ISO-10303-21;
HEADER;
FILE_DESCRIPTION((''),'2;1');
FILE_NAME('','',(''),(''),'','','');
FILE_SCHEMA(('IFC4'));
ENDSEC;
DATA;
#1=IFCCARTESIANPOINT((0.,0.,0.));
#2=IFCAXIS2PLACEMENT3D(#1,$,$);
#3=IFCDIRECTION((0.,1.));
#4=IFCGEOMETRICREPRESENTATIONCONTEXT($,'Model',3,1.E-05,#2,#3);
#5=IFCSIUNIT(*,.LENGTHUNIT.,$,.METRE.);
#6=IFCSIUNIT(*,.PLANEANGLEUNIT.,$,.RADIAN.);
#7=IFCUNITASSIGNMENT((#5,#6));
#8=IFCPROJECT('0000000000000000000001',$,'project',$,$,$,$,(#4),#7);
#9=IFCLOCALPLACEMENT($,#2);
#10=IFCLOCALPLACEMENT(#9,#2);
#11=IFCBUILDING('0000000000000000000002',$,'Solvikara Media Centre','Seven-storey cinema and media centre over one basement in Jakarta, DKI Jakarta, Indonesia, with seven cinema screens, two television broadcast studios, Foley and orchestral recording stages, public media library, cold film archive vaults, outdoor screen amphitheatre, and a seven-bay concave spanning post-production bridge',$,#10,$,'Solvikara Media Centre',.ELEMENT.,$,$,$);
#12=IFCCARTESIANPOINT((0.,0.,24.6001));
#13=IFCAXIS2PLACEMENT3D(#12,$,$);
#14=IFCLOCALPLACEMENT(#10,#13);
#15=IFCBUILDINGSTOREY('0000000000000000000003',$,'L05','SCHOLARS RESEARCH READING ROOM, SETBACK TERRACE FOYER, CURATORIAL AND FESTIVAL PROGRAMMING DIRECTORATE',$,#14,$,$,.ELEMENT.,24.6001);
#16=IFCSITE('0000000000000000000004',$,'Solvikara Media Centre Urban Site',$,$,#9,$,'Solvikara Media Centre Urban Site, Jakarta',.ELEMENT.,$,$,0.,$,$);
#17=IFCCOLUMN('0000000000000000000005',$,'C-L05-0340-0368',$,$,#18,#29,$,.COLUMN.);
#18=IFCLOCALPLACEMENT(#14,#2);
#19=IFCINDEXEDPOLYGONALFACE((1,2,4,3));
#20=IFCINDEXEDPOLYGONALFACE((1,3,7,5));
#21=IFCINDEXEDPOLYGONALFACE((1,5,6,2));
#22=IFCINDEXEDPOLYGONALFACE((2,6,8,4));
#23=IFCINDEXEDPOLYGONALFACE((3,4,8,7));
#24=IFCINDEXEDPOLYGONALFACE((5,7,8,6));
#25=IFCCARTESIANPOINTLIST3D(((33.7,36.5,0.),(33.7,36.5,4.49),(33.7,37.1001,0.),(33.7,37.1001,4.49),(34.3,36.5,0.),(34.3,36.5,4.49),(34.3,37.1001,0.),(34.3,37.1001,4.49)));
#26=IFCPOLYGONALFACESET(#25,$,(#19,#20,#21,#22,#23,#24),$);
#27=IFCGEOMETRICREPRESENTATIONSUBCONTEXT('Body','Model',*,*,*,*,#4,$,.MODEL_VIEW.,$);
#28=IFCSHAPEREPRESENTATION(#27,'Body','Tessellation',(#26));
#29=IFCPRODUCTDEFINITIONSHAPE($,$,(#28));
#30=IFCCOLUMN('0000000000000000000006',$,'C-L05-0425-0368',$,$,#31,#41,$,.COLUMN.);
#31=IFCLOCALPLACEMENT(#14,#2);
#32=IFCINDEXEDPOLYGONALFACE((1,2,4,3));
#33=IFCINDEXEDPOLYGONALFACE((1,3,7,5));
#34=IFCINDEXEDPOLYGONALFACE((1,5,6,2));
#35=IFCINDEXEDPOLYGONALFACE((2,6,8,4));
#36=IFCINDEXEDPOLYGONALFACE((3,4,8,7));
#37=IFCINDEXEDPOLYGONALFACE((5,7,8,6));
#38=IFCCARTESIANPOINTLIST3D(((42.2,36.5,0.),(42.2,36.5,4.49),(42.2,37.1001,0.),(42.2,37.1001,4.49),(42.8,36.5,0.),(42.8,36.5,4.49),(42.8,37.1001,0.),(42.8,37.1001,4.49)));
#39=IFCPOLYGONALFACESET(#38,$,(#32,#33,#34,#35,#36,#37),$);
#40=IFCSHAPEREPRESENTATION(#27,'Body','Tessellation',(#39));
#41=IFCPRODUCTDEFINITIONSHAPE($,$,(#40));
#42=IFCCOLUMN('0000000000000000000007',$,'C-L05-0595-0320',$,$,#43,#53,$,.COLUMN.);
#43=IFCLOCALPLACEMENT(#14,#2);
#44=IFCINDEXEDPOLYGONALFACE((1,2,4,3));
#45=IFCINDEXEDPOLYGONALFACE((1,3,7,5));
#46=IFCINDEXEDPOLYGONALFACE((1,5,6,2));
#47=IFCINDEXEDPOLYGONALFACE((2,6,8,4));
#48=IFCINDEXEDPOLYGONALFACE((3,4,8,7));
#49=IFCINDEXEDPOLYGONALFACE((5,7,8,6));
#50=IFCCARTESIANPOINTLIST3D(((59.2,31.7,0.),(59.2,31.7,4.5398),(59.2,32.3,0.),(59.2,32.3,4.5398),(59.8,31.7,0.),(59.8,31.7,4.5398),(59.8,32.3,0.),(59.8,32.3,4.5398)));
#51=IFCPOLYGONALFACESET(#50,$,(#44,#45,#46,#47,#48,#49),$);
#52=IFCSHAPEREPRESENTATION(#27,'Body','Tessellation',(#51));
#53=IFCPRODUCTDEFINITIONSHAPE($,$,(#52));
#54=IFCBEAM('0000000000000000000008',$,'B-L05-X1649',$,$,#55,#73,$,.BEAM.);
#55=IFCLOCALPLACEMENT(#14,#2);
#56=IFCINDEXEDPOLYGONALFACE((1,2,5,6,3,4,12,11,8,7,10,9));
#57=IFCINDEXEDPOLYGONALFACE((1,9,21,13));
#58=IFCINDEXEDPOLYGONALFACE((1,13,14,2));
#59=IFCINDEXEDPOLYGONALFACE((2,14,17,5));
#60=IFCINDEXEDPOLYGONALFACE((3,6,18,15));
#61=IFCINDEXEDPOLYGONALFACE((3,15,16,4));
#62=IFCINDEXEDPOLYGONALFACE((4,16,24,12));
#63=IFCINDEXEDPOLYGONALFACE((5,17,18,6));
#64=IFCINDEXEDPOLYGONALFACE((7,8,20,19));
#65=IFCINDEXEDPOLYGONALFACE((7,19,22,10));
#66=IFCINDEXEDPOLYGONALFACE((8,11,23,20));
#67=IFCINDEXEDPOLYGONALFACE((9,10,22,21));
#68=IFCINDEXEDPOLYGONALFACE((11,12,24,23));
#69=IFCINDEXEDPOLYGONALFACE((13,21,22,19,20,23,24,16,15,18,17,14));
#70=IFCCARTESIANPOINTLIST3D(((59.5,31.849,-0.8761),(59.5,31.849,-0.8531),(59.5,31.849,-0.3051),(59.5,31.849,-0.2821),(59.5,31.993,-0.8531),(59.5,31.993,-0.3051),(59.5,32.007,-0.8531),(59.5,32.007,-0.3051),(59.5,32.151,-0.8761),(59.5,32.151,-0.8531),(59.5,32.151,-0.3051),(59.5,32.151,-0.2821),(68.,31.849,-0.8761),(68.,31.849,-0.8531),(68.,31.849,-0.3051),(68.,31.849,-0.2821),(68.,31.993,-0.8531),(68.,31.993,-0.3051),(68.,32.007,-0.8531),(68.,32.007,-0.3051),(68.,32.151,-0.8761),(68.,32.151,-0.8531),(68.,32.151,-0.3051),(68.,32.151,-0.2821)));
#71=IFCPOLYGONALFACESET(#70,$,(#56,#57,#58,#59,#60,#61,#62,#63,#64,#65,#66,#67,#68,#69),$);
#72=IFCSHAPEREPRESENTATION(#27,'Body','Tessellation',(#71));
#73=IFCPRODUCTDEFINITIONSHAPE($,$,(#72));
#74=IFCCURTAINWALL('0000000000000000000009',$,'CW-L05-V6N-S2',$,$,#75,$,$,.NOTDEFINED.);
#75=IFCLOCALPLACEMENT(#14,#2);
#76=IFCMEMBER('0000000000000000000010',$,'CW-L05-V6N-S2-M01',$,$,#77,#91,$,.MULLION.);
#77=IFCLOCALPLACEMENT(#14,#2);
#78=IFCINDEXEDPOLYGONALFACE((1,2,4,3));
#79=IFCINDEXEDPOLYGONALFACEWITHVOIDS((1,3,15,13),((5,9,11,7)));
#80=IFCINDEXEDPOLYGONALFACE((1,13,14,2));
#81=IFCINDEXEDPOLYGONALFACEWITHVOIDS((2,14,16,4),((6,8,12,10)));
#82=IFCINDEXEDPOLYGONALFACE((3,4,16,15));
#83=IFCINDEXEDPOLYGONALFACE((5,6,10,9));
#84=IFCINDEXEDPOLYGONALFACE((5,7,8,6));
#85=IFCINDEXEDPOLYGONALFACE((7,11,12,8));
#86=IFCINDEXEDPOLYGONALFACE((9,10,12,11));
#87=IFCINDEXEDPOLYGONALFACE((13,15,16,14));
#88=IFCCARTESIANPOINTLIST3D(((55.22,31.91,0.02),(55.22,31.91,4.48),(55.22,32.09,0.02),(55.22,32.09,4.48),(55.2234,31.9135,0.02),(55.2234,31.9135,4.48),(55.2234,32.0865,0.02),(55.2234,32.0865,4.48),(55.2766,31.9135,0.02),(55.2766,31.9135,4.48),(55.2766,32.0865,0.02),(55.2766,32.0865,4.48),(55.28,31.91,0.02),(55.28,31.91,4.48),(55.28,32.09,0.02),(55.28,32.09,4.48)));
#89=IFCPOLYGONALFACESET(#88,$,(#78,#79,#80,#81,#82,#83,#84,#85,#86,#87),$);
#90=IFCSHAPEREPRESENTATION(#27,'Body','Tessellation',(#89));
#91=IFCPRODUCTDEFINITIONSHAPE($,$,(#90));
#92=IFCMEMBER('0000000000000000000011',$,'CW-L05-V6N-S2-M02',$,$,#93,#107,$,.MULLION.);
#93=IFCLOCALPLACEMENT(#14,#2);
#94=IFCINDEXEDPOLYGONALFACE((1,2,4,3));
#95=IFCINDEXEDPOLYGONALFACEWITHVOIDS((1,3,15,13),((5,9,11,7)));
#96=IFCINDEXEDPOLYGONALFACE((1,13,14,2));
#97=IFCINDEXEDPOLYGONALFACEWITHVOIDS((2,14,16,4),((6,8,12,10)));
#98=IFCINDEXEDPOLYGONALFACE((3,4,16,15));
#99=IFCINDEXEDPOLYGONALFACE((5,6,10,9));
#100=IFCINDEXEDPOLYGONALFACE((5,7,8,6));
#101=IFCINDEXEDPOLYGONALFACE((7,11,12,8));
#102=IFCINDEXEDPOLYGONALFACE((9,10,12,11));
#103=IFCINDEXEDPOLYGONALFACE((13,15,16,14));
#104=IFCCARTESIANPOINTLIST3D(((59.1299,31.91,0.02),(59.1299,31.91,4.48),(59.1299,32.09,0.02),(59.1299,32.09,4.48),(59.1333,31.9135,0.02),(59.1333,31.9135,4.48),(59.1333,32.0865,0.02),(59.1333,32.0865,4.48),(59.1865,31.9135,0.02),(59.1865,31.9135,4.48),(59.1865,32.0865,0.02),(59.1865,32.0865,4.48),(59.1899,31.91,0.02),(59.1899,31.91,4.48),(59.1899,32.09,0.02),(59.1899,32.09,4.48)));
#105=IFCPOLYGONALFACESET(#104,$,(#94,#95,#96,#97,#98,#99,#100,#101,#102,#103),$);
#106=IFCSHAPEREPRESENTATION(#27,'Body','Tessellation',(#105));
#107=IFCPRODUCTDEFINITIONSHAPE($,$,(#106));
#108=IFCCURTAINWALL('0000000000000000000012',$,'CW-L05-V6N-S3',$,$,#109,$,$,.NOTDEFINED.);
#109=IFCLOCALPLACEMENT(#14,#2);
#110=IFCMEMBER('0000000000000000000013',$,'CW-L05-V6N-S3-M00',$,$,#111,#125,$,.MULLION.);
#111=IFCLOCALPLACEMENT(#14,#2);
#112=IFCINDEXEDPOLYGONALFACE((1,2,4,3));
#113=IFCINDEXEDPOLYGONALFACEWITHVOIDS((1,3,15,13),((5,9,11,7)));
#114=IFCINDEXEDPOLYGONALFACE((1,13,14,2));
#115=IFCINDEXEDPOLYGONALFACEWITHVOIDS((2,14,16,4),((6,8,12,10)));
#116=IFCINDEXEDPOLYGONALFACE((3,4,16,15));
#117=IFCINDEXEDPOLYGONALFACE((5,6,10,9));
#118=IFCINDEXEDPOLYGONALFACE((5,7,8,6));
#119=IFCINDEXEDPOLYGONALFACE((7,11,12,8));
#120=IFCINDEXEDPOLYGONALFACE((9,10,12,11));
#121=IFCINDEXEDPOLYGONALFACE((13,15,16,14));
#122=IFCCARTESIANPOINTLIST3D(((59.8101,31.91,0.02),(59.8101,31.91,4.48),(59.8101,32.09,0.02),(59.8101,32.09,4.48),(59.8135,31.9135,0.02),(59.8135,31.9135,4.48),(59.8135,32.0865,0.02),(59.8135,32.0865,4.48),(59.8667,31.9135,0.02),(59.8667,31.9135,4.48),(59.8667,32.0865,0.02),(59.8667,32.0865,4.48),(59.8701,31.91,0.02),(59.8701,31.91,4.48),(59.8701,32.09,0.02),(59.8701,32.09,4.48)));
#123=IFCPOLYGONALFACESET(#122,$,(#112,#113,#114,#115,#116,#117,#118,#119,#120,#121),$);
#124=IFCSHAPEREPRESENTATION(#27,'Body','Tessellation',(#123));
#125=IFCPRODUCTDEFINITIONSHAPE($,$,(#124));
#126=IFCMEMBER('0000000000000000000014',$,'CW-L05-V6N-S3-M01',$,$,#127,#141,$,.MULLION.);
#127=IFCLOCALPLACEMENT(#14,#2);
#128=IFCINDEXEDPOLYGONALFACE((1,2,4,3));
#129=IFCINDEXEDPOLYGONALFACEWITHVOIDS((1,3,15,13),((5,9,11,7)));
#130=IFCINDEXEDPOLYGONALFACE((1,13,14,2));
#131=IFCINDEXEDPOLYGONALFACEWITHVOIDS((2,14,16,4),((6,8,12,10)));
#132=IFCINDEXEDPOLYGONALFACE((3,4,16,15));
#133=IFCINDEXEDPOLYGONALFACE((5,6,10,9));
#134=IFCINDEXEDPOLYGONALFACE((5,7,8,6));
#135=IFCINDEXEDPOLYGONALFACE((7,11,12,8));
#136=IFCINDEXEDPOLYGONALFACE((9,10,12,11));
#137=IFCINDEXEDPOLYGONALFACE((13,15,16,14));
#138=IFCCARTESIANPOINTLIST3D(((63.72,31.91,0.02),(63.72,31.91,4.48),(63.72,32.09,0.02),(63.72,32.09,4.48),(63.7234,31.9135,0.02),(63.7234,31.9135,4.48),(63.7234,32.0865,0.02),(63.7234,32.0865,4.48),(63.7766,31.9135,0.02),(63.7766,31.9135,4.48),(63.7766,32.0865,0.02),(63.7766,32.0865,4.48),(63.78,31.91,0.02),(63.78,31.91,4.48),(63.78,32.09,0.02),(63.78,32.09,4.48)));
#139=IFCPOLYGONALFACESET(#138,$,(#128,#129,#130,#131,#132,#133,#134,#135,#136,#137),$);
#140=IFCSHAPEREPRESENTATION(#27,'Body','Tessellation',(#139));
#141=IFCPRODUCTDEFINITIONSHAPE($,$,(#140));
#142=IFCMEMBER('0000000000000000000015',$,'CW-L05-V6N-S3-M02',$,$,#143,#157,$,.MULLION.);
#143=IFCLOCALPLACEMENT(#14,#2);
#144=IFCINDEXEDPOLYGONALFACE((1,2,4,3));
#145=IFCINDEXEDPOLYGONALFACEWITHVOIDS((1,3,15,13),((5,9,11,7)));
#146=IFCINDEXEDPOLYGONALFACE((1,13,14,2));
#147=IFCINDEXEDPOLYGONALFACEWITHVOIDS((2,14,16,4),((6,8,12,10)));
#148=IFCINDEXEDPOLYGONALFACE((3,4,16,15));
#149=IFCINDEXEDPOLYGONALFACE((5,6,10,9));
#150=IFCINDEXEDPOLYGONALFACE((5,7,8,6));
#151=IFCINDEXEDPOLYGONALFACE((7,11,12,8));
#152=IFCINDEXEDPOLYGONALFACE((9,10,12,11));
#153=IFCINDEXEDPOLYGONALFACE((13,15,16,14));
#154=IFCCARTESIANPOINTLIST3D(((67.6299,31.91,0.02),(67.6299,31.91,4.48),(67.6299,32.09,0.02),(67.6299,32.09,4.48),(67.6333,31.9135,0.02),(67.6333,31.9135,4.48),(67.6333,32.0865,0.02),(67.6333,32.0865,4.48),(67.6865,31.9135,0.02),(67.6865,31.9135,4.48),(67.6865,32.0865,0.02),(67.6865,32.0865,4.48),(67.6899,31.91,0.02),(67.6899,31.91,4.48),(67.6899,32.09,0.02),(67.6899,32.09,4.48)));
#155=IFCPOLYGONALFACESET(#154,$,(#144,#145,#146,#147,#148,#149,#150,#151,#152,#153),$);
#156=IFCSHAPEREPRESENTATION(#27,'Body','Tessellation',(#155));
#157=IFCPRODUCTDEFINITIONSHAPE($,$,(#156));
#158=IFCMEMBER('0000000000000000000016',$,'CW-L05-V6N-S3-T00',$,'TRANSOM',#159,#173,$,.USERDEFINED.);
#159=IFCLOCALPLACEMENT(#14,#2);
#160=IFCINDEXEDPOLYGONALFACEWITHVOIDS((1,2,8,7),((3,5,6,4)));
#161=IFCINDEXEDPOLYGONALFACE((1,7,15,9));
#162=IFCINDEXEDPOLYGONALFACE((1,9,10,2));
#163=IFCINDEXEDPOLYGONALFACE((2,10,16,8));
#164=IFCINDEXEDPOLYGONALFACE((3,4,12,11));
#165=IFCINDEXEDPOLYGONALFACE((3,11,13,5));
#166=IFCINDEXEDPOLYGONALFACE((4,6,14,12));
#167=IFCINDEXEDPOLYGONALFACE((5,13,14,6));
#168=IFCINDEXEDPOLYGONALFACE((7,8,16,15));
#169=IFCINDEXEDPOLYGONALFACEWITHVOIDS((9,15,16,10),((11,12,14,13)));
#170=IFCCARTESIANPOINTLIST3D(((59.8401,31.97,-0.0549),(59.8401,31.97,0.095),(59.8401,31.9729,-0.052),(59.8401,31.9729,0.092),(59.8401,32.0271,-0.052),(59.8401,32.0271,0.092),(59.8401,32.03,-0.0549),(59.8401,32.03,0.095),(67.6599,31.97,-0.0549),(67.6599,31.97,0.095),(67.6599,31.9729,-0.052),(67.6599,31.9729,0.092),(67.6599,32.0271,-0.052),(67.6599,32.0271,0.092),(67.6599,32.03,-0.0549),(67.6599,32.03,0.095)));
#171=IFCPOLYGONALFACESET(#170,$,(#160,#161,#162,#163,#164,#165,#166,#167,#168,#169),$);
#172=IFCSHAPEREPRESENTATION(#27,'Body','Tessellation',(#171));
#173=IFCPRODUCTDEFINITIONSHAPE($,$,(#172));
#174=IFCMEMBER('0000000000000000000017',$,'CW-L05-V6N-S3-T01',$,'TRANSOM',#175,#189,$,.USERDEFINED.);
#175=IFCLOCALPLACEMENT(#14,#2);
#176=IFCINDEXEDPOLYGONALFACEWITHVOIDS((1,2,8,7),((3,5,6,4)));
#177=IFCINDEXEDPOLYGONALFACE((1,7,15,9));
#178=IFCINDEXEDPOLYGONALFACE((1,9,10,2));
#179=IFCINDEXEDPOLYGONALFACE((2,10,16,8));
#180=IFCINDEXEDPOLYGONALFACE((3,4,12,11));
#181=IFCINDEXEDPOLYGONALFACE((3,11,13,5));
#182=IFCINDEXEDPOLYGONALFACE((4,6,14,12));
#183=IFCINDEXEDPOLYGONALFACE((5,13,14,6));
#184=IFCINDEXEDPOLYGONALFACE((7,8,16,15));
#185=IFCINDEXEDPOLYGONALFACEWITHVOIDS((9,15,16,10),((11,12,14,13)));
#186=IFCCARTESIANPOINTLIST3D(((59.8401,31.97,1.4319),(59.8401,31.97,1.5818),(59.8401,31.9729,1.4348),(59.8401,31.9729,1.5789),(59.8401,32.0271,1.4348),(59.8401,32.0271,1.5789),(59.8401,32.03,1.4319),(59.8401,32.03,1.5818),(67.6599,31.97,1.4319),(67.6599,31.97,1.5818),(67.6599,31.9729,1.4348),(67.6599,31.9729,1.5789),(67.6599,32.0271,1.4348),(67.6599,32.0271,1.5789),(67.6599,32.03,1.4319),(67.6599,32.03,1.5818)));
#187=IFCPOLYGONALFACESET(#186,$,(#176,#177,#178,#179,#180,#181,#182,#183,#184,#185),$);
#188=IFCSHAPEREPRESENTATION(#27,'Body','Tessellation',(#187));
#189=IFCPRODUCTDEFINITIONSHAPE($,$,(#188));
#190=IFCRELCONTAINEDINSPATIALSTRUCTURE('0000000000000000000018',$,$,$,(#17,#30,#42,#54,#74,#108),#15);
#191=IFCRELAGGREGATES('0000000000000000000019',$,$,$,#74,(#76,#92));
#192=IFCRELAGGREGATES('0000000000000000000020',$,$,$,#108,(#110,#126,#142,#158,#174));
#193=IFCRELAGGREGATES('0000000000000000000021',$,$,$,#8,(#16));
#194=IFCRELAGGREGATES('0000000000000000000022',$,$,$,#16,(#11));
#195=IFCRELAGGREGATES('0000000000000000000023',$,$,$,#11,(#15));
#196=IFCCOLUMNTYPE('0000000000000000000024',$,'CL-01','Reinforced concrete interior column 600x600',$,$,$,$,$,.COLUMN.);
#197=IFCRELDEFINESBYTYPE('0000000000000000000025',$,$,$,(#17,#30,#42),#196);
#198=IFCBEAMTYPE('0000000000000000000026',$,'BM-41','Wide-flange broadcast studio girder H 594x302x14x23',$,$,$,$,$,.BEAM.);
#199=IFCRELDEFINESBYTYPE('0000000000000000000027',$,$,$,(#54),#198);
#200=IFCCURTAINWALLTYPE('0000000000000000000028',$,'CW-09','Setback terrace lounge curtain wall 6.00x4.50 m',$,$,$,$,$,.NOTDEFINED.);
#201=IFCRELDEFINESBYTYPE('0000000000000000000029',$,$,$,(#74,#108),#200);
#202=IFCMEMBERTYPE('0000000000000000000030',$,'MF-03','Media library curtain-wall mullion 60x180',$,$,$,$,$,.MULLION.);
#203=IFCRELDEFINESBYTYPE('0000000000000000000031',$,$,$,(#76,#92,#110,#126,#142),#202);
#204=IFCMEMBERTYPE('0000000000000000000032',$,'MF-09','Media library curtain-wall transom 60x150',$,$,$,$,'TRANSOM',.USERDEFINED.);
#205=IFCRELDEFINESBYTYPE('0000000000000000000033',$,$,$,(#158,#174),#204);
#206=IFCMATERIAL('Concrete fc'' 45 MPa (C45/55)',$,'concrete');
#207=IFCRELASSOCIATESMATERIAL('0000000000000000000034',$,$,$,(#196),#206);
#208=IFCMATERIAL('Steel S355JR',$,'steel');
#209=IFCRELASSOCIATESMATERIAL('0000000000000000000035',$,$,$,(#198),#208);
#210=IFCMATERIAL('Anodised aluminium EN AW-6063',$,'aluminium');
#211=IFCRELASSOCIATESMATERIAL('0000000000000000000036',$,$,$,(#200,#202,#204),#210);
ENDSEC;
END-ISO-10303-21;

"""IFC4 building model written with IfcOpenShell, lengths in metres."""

from ifc_helpers import new_model, si_unit, direction, frame, origin, origin_2d, place, context, subcontext, project, spatial, rectangle, hollow_rectangle, i_section, extrude, material, material_profile, profile_set, type_object, element, aggregate, save


model = new_model("IFC4")

# Units and contexts
model_context = context("Model", 3, precision=1e-05, world=origin(), true_north=direction((0.0, 1.0)))
body_context = subcontext(model_context, "Body", "Model", "MODEL_VIEW")
ifc_project = project(units=[si_unit("LENGTHUNIT", "METRE"), si_unit("PLANEANGLEUNIT", "RADIAN")], contexts=[model_context])

# Site, building, storey
site_placement = place(None, origin())
site = spatial("IfcSite", under=ifc_project, at=site_placement, Name="Solvikara Media Centre Urban Site", LongName="Solvikara Media Centre Urban Site, Jakarta", CompositionType="ELEMENT", RefElevation=0.0)
building_placement = place(site_placement, origin())
building = spatial("IfcBuilding", under=site, at=building_placement, Name="Solvikara Media Centre", Description="Seven-storey cinema and media centre over one basement in Jakarta, DKI Jakarta, Indonesia, with seven cinema screens, two television broadcast studios, Foley and orchestral recording stages, public media library, cold film archive vaults, outdoor screen amphitheatre, and a seven-bay concave spanning post-production bridge", LongName="Solvikara Media Centre", CompositionType="ELEMENT")
storey_placement = place(building_placement, frame((0.0, 0.0, 24.6001)))
storey = spatial("IfcBuildingStorey", under=building, at=storey_placement, Name="L05", Description="SCHOLARS RESEARCH READING ROOM, SETBACK TERRACE FOYER, CURATORIAL AND FESTIVAL PROGRAMMING DIRECTORATE", CompositionType="ELEMENT", Elevation=24.6001)

# Columns
ifc_material_1 = material(Name="Concrete fc' 45 MPa (C45/55)", Category="concrete")
ifc_material_profile_1 = material_profile(ifc_material_1, rectangle(XDim=0.6001, YDim=0.6001, at=origin_2d()), Name="RC 600x600")
ifc_profile_set_1 = profile_set([ifc_material_profile_1], Name="Concrete fc' 45 MPa (C45/55)")
column_type = type_object("IfcColumnType", Name="CL-01", Description="Reinforced concrete interior column 600x600", PredefinedType="COLUMN", material=ifc_profile_set_1)
for number, where, z_axis, x_axis, name in (
    (1, (34.0, 36.8, 0.0), (0.0, 0.0, 1.0), (1.0, 0.0, 0.0), "C-L05-0340-0368"),
    (2, (42.5, 36.8, 0.0), (0.0, 0.0, 1.0), (1.0, 0.0, 0.0), "C-L05-0425-0368"),
):
    element("IfcColumn", number, at=place(storey_placement, frame(where, z_axis=z_axis, x_axis=x_axis)), inside=storey, type_object=column_type, Name=name, PredefinedType="COLUMN", context=body_context, shape_type="SweptSolid", body=[
        extrude(rectangle(XDim=0.6001, YDim=0.6001, at=origin_2d()), origin(), (0.0, 0.0, 1.0), 4.49),
    ])
column_placement = place(storey_placement, frame((59.5, 32.0, 0.0), z_axis=(0.0, 0.0, 1.0), x_axis=(1.0, 0.0, 0.0)))
element("IfcColumn", 3, at=column_placement, inside=storey, type_object=column_type, Name="C-L05-0595-0320", PredefinedType="COLUMN", context=body_context, shape_type="SweptSolid", body=[
    extrude(rectangle(XDim=0.6001, YDim=0.6001, at=origin_2d()), origin(), (0.0, 0.0, 1.0), 4.5398),
])

# Beam
ifc_material_2 = material(Name="Steel S355JR", Category="steel")
ifc_material_profile_2 = material_profile(ifc_material_2, i_section(OverallWidth=0.302, OverallDepth=0.594, WebThickness=0.0139, FlangeThickness=0.0229, at=origin_2d()), Name="H 594x302x14x23")
ifc_profile_set_2 = profile_set([ifc_material_profile_2], Name="Steel S355JR")
beam_type = type_object("IfcBeamType", Name="BM-41", Description="Wide-flange broadcast studio girder H 594x302x14x23", PredefinedType="BEAM", material=ifc_profile_set_2)
beam_placement = place(storey_placement, frame((59.5, 32.0, -0.5791), z_axis=(1.0, 0.0, 0.0), x_axis=(0.0, 1.0, 0.0)))
element("IfcBeam", 4, at=beam_placement, inside=storey, type_object=beam_type, Name="B-L05-X1649", PredefinedType="BEAM", context=body_context, shape_type="SweptSolid", body=[
    extrude(i_section(OverallWidth=0.302, OverallDepth=0.594, WebThickness=0.0139, FlangeThickness=0.0229, at=origin_2d()), origin(), (0.0, 0.0, 1.0), 8.5),
])

# Curtain walls, members
ifc_material_3 = material(Name="Anodised aluminium EN AW-6063", Category="aluminium")
curtain_wall_type = type_object("IfcCurtainWallType", Name="CW-09", Description="Setback terrace lounge curtain wall 6.00x4.50 m", PredefinedType="NOTDEFINED", material=ifc_material_3)
curtain_wall_1_placement = place(storey_placement, origin())
curtain_wall_1 = element("IfcCurtainWall", 5, at=curtain_wall_1_placement, inside=storey, type_object=curtain_wall_type, Name="CW-L05-V6N-S2", PredefinedType="NOTDEFINED")
ifc_material_profile_3 = material_profile(ifc_material_3, hollow_rectangle(XDim=0.0601, YDim=0.1799, WallThickness=0.0034, at=origin_2d()), Name="ALU-M 60x180x3.5")
ifc_profile_set_3 = profile_set([ifc_material_profile_3], Name="Anodised aluminium EN AW-6063")
member_type_1 = type_object("IfcMemberType", Name="MF-03", Description="Media library curtain-wall mullion 60x180", PredefinedType="MULLION", material=ifc_profile_set_3)
member_1_placement = place(storey_placement, frame((55.25, 32.0, 0.02), z_axis=(0.0, 0.0, 1.0), x_axis=(1.0, 0.0, 0.0)))
member_1 = element("IfcMember", 6, at=member_1_placement, type_object=member_type_1, Name="CW-L05-V6N-S2-M01", PredefinedType="MULLION", context=body_context, shape_type="SweptSolid", body=[
    extrude(hollow_rectangle(XDim=0.0601, YDim=0.1799, WallThickness=0.0034, at=origin_2d()), origin(), (0.0, 0.0, 1.0), 4.46),
])
member_2_placement = place(storey_placement, frame((59.1599, 32.0, 0.02), z_axis=(0.0, 0.0, 1.0), x_axis=(1.0, 0.0, 0.0)))
member_2 = element("IfcMember", 7, at=member_2_placement, type_object=member_type_1, Name="CW-L05-V6N-S2-M02", PredefinedType="MULLION", context=body_context, shape_type="SweptSolid", body=[
    extrude(hollow_rectangle(XDim=0.0601, YDim=0.1799, WallThickness=0.0034, at=origin_2d()), origin(), (0.0, 0.0, 1.0), 4.46),
])
curtain_wall_2_placement = place(storey_placement, origin())
curtain_wall_2 = element("IfcCurtainWall", 8, at=curtain_wall_2_placement, inside=storey, type_object=curtain_wall_type, Name="CW-L05-V6N-S3", PredefinedType="NOTDEFINED")
member_3_placement = place(storey_placement, frame((59.8401, 32.0, 0.02), z_axis=(0.0, 0.0, 1.0), x_axis=(1.0, 0.0, 0.0)))
member_3 = element("IfcMember", 9, at=member_3_placement, type_object=member_type_1, Name="CW-L05-V6N-S3-M00", PredefinedType="MULLION", context=body_context, shape_type="SweptSolid", body=[
    extrude(hollow_rectangle(XDim=0.0601, YDim=0.1799, WallThickness=0.0034, at=origin_2d()), origin(), (0.0, 0.0, 1.0), 4.46),
])
member_4_placement = place(storey_placement, frame((63.75, 32.0, 0.02), z_axis=(0.0, 0.0, 1.0), x_axis=(1.0, 0.0, 0.0)))
member_4 = element("IfcMember", 10, at=member_4_placement, type_object=member_type_1, Name="CW-L05-V6N-S3-M01", PredefinedType="MULLION", context=body_context, shape_type="SweptSolid", body=[
    extrude(hollow_rectangle(XDim=0.0601, YDim=0.1799, WallThickness=0.0034, at=origin_2d()), origin(), (0.0, 0.0, 1.0), 4.46),
])
member_5_placement = place(storey_placement, frame((67.6599, 32.0, 0.02), z_axis=(0.0, 0.0, 1.0), x_axis=(1.0, 0.0, 0.0)))
member_5 = element("IfcMember", 11, at=member_5_placement, type_object=member_type_1, Name="CW-L05-V6N-S3-M02", PredefinedType="MULLION", context=body_context, shape_type="SweptSolid", body=[
    extrude(hollow_rectangle(XDim=0.0601, YDim=0.1799, WallThickness=0.0034, at=origin_2d()), origin(), (0.0, 0.0, 1.0), 4.46),
])
ifc_material_profile_4 = material_profile(ifc_material_3, hollow_rectangle(XDim=0.0601, YDim=0.1499, WallThickness=0.0029, at=origin_2d()), Name="ALU-T 60x150x3")
ifc_profile_set_4 = profile_set([ifc_material_profile_4], Name="Anodised aluminium EN AW-6063")
member_type_2 = type_object("IfcMemberType", Name="MF-09", Description="Media library curtain-wall transom 60x150", ElementType="TRANSOM", PredefinedType="USERDEFINED", material=ifc_profile_set_4)
member_6_placement = place(storey_placement, frame((59.8401, 32.0, 0.02), z_axis=(1.0, 0.0, 0.0), x_axis=(0.0, 1.0, 0.0)))
member_6 = element("IfcMember", 12, at=member_6_placement, type_object=member_type_2, Name="CW-L05-V6N-S3-T00", ObjectType="TRANSOM", PredefinedType="USERDEFINED", context=body_context, shape_type="SweptSolid", body=[
    extrude(hollow_rectangle(XDim=0.0601, YDim=0.1499, WallThickness=0.0029, at=origin_2d()), origin(), (0.0, 0.0, 1.0), 7.8198),
])
member_7_placement = place(storey_placement, frame((59.8401, 32.0, 1.5068), z_axis=(1.0, 0.0, 0.0), x_axis=(0.0, 1.0, 0.0)))
member_7 = element("IfcMember", 13, at=member_7_placement, type_object=member_type_2, Name="CW-L05-V6N-S3-T01", ObjectType="TRANSOM", PredefinedType="USERDEFINED", context=body_context, shape_type="SweptSolid", body=[
    extrude(hollow_rectangle(XDim=0.0601, YDim=0.1499, WallThickness=0.0029, at=origin_2d()), origin(), (0.0, 0.0, 1.0), 7.8198),
])

aggregate(curtain_wall_1, [member_1, member_2])
aggregate(curtain_wall_2, [member_3, member_4, member_5, member_6, member_7])

save(model, "model.ifc")
